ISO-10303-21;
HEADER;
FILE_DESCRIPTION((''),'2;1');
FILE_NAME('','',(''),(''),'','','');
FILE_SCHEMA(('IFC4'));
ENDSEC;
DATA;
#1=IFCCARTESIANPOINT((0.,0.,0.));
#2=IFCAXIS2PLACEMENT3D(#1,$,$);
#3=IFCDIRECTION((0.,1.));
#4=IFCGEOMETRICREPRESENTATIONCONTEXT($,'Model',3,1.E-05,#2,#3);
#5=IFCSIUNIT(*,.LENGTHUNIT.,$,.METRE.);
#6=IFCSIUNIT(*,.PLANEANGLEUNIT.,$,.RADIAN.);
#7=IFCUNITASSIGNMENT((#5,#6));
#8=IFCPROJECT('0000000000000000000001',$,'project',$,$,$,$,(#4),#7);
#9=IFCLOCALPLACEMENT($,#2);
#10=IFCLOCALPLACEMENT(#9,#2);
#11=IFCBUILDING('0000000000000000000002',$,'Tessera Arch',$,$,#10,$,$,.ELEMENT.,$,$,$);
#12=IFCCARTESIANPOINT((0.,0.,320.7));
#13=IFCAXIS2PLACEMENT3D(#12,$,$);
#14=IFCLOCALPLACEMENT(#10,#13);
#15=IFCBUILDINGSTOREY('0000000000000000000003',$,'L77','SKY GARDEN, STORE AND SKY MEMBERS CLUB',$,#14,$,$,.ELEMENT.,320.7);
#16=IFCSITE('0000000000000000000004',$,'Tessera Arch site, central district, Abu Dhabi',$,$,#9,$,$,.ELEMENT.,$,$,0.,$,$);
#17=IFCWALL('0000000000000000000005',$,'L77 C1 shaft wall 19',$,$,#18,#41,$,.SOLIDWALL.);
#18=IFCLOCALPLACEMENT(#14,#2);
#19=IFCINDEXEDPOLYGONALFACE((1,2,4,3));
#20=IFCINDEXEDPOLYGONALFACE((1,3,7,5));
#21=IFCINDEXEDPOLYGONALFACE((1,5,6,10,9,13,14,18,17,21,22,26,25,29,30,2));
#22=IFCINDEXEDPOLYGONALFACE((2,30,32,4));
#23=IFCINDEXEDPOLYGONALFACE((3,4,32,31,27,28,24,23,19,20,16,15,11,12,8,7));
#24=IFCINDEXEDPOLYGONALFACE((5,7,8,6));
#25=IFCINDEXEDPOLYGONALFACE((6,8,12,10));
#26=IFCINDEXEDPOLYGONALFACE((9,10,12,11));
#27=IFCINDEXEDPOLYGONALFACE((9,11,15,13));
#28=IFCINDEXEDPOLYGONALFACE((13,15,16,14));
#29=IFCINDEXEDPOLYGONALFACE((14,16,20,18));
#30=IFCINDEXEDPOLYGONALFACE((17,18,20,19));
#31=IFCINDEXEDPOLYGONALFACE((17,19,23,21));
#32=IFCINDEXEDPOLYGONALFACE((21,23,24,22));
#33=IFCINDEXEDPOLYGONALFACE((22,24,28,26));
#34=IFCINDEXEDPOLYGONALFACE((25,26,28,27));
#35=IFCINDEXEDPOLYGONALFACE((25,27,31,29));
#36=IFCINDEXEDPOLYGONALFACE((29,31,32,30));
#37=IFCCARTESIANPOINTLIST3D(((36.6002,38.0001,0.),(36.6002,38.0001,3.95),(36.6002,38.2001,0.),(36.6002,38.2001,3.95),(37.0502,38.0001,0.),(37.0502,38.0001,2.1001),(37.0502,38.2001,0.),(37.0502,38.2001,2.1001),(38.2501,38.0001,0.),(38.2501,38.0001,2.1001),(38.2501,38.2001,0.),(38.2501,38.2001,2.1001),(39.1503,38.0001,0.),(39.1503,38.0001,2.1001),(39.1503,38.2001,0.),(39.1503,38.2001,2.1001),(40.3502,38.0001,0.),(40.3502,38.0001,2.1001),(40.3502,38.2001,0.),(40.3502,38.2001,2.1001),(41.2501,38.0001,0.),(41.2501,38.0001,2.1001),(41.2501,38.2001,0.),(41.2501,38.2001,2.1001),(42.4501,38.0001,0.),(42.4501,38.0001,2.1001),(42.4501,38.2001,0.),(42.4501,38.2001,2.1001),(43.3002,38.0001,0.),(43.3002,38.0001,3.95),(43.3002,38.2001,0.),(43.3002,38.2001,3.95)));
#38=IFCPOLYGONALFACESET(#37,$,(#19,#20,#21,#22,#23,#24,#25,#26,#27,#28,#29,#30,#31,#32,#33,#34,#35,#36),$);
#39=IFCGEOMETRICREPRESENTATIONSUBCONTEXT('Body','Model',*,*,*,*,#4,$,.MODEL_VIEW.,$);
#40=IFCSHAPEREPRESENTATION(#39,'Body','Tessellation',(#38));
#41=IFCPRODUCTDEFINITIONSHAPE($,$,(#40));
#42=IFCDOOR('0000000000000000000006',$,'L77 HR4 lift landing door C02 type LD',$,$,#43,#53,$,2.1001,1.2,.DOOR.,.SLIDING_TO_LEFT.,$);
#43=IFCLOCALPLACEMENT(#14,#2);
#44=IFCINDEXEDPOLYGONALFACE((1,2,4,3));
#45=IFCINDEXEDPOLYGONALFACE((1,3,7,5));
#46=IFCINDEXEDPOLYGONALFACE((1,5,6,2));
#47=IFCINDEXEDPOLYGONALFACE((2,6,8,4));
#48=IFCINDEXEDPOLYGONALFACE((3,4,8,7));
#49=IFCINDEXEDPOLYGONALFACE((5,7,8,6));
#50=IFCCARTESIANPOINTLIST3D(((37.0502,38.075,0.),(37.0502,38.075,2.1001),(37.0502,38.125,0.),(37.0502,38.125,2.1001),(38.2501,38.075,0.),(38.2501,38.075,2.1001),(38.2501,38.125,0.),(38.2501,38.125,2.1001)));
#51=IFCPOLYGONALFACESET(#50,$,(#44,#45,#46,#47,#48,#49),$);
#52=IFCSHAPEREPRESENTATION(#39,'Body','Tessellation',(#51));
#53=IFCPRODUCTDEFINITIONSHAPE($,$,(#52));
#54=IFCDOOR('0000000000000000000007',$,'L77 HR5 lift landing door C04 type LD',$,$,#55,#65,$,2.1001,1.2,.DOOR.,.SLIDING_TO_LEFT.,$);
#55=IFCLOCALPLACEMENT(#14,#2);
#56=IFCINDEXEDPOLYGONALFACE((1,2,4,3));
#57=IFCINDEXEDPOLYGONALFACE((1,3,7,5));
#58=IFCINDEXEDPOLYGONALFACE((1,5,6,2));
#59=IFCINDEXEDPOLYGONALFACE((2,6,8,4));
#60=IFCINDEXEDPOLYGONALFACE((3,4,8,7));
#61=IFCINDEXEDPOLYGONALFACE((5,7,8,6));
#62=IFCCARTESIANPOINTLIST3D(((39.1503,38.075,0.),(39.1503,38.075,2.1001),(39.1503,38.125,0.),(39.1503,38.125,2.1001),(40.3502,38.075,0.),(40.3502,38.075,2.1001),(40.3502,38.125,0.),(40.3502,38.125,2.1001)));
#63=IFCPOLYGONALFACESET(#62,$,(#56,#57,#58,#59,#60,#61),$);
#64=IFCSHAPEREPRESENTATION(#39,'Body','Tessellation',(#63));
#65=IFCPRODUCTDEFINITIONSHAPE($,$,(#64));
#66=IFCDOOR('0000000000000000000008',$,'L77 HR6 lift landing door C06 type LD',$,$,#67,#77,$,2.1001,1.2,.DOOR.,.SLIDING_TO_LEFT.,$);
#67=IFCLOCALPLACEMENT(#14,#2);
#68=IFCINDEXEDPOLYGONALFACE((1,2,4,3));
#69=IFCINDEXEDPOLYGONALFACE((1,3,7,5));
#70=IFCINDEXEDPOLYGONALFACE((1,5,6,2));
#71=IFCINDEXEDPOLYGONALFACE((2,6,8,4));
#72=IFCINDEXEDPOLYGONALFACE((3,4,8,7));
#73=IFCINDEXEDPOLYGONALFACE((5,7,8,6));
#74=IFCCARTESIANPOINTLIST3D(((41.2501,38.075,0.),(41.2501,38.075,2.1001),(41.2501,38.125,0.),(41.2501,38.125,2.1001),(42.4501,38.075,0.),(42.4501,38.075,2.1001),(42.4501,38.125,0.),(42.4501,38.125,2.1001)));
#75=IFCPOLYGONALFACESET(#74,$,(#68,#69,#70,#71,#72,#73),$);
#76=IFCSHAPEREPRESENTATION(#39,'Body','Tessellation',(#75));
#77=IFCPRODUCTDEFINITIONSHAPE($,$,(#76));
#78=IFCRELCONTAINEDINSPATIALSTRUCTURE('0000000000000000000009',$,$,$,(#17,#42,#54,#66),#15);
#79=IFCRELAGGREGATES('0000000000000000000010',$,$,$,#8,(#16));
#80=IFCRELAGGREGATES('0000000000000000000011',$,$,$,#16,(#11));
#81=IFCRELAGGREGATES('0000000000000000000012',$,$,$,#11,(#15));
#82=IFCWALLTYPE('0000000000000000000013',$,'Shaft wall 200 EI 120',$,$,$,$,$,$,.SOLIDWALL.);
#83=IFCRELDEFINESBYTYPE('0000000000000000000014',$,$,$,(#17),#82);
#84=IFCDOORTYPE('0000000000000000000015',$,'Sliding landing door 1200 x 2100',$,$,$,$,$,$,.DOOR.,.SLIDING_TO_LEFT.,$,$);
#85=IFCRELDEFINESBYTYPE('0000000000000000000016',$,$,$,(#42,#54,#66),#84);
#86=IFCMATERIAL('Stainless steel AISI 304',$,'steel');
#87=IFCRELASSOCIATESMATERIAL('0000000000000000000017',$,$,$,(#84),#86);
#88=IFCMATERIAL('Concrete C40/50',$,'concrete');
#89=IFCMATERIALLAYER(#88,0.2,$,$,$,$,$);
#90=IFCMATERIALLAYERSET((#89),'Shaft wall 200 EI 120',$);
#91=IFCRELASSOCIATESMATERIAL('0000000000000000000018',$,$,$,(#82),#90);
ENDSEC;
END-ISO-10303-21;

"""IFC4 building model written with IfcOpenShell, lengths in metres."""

from ifc_helpers import new_model, si_unit, direction, frame, frame_2d, origin, place, context, subcontext, project, spatial, rectangle, extrude, material, layer, layer_set, type_object, element, fill, save


model = new_model("IFC4")

# Units and contexts
model_context = context("Model", 3, precision=1e-05, world=origin(), true_north=direction((0.0, 1.0)))
body_context = subcontext(model_context, "Body", "Model", "MODEL_VIEW")
ifc_project = project(units=[si_unit("LENGTHUNIT", "METRE"), si_unit("PLANEANGLEUNIT", "RADIAN")], contexts=[model_context])

# Site, building, storey
site_placement = place(None, origin())
site = spatial("IfcSite", under=ifc_project, at=site_placement, Name="Tessera Arch site, central district, Abu Dhabi", CompositionType="ELEMENT", RefElevation=0.0)
building_placement = place(site_placement, origin())
building = spatial("IfcBuilding", under=site, at=building_placement, Name="Tessera Arch", CompositionType="ELEMENT")
storey_placement = place(building_placement, frame((0.0, 0.0, 320.7)))
storey = spatial("IfcBuildingStorey", under=building, at=storey_placement, Name="L77", Description="SKY GARDEN, STORE AND SKY MEMBERS CLUB", CompositionType="ELEMENT", Elevation=320.7)

# Shared definitions
ifc_material_1 = material(Name="Stainless steel AISI 304", Category="steel")
door_type_1 = type_object("IfcDoorType", Name="Sliding landing door 1200 x 2100", OperationType="SLIDING_TO_LEFT", PredefinedType="DOOR", material=ifc_material_1)

# Shared definitions
ifc_material_2 = material(Name="Concrete C40/50", Category="concrete")
ifc_layer_1 = layer(ifc_material_2, 0.2)
ifc_layer_set_1 = layer_set([ifc_layer_1], Name="Shaft wall 200 EI 120")
wall_type_1 = type_object("IfcWallType", Name="Shaft wall 200 EI 120", PredefinedType="SOLIDWALL", material=ifc_layer_set_1)

# Wall, openings, doors
wall_1_placement = place(storey_placement, frame((36.6001, 38.1001, 0.0), z_axis=(0.0, 0.0, 1.0), x_axis=(1.0, 0.0, 0.0)))
wall_1 = element("IfcWall", 1, at=wall_1_placement, inside=storey, type_object=wall_type_1, Name="L77 C1 shaft wall 19", PredefinedType="SOLIDWALL", context=body_context, shape_type="SweptSolid", body=[
    extrude(rectangle(XDim=6.7, YDim=0.2, at=frame_2d((3.3501, 0.0))), origin(), (0.0, 0.0, 1.0), 3.95),
])
opening_1_placement = place(wall_1_placement, frame((0.45, 0.0, 0.0)))
opening_1 = element("IfcOpeningElement", 2, at=opening_1_placement, cuts=wall_1, PredefinedType="OPENING", context=body_context, shape_type="SweptSolid", body=[
    extrude(rectangle(XDim=1.2, YDim=2.1001, at=frame_2d((0.6001, 1.05))), frame((0.0, 0.1099, 0.0), z_axis=(0.0, -1.0, 0.0), x_axis=(1.0, 0.0, 0.0)), (0.0, 0.0, 1.0), 0.22),
])
opening_2_placement = place(wall_1_placement, frame((2.55, 0.0, 0.0)))
opening_2 = element("IfcOpeningElement", 3, at=opening_2_placement, cuts=wall_1, PredefinedType="OPENING", context=body_context, shape_type="SweptSolid", body=[
    extrude(rectangle(XDim=1.2, YDim=2.1001, at=frame_2d((0.6001, 1.05))), frame((0.0, 0.1099, 0.0), z_axis=(0.0, -1.0, 0.0), x_axis=(1.0, 0.0, 0.0)), (0.0, 0.0, 1.0), 0.22),
])
opening_3_placement = place(wall_1_placement, frame((4.6499, 0.0, 0.0)))
opening_3 = element("IfcOpeningElement", 4, at=opening_3_placement, cuts=wall_1, PredefinedType="OPENING", context=body_context, shape_type="SweptSolid", body=[
    extrude(rectangle(XDim=1.2, YDim=2.1001, at=frame_2d((0.6001, 1.05))), frame((0.0, 0.1099, 0.0), z_axis=(0.0, -1.0, 0.0), x_axis=(1.0, 0.0, 0.0)), (0.0, 0.0, 1.0), 0.22),
])
door_1_placement = place(opening_1_placement, origin())
door_1 = element("IfcDoor", 5, at=door_1_placement, inside=storey, type_object=door_type_1, Name="L77 HR4 lift landing door C02 type LD", OperationType="SLIDING_TO_LEFT", OverallHeight=2.1001, OverallWidth=1.2, PredefinedType="DOOR", context=body_context, shape_type="SweptSolid", body=[
    extrude(rectangle(XDim=1.2, YDim=2.1001, at=frame_2d((0.6001, 1.05))), frame((0.0, 0.0249, 0.0), z_axis=(0.0, -1.0, 0.0), x_axis=(1.0, 0.0, 0.0)), (0.0, 0.0, 1.0), 0.05),
])
fill(opening_1, door_1)
door_2_placement = place(opening_2_placement, origin())
door_2 = element("IfcDoor", 6, at=door_2_placement, inside=storey, type_object=door_type_1, Name="L77 HR5 lift landing door C04 type LD", OperationType="SLIDING_TO_LEFT", OverallHeight=2.1001, OverallWidth=1.2, PredefinedType="DOOR", context=body_context, shape_type="SweptSolid", body=[
    extrude(rectangle(XDim=1.2, YDim=2.1001, at=frame_2d((0.6001, 1.05))), frame((0.0, 0.0249, 0.0), z_axis=(0.0, -1.0, 0.0), x_axis=(1.0, 0.0, 0.0)), (0.0, 0.0, 1.0), 0.05),
])
fill(opening_2, door_2)
door_3_placement = place(opening_3_placement, origin())
door_3 = element("IfcDoor", 7, at=door_3_placement, inside=storey, type_object=door_type_1, Name="L77 HR6 lift landing door C06 type LD", OperationType="SLIDING_TO_LEFT", OverallHeight=2.1001, OverallWidth=1.2, PredefinedType="DOOR", context=body_context, shape_type="SweptSolid", body=[
    extrude(rectangle(XDim=1.2, YDim=2.1001, at=frame_2d((0.6001, 1.05))), frame((0.0, 0.0249, 0.0), z_axis=(0.0, -1.0, 0.0), x_axis=(1.0, 0.0, 0.0)), (0.0, 0.0, 1.0), 0.05),
])
fill(opening_3, door_3)

save(model, "model.ifc")
